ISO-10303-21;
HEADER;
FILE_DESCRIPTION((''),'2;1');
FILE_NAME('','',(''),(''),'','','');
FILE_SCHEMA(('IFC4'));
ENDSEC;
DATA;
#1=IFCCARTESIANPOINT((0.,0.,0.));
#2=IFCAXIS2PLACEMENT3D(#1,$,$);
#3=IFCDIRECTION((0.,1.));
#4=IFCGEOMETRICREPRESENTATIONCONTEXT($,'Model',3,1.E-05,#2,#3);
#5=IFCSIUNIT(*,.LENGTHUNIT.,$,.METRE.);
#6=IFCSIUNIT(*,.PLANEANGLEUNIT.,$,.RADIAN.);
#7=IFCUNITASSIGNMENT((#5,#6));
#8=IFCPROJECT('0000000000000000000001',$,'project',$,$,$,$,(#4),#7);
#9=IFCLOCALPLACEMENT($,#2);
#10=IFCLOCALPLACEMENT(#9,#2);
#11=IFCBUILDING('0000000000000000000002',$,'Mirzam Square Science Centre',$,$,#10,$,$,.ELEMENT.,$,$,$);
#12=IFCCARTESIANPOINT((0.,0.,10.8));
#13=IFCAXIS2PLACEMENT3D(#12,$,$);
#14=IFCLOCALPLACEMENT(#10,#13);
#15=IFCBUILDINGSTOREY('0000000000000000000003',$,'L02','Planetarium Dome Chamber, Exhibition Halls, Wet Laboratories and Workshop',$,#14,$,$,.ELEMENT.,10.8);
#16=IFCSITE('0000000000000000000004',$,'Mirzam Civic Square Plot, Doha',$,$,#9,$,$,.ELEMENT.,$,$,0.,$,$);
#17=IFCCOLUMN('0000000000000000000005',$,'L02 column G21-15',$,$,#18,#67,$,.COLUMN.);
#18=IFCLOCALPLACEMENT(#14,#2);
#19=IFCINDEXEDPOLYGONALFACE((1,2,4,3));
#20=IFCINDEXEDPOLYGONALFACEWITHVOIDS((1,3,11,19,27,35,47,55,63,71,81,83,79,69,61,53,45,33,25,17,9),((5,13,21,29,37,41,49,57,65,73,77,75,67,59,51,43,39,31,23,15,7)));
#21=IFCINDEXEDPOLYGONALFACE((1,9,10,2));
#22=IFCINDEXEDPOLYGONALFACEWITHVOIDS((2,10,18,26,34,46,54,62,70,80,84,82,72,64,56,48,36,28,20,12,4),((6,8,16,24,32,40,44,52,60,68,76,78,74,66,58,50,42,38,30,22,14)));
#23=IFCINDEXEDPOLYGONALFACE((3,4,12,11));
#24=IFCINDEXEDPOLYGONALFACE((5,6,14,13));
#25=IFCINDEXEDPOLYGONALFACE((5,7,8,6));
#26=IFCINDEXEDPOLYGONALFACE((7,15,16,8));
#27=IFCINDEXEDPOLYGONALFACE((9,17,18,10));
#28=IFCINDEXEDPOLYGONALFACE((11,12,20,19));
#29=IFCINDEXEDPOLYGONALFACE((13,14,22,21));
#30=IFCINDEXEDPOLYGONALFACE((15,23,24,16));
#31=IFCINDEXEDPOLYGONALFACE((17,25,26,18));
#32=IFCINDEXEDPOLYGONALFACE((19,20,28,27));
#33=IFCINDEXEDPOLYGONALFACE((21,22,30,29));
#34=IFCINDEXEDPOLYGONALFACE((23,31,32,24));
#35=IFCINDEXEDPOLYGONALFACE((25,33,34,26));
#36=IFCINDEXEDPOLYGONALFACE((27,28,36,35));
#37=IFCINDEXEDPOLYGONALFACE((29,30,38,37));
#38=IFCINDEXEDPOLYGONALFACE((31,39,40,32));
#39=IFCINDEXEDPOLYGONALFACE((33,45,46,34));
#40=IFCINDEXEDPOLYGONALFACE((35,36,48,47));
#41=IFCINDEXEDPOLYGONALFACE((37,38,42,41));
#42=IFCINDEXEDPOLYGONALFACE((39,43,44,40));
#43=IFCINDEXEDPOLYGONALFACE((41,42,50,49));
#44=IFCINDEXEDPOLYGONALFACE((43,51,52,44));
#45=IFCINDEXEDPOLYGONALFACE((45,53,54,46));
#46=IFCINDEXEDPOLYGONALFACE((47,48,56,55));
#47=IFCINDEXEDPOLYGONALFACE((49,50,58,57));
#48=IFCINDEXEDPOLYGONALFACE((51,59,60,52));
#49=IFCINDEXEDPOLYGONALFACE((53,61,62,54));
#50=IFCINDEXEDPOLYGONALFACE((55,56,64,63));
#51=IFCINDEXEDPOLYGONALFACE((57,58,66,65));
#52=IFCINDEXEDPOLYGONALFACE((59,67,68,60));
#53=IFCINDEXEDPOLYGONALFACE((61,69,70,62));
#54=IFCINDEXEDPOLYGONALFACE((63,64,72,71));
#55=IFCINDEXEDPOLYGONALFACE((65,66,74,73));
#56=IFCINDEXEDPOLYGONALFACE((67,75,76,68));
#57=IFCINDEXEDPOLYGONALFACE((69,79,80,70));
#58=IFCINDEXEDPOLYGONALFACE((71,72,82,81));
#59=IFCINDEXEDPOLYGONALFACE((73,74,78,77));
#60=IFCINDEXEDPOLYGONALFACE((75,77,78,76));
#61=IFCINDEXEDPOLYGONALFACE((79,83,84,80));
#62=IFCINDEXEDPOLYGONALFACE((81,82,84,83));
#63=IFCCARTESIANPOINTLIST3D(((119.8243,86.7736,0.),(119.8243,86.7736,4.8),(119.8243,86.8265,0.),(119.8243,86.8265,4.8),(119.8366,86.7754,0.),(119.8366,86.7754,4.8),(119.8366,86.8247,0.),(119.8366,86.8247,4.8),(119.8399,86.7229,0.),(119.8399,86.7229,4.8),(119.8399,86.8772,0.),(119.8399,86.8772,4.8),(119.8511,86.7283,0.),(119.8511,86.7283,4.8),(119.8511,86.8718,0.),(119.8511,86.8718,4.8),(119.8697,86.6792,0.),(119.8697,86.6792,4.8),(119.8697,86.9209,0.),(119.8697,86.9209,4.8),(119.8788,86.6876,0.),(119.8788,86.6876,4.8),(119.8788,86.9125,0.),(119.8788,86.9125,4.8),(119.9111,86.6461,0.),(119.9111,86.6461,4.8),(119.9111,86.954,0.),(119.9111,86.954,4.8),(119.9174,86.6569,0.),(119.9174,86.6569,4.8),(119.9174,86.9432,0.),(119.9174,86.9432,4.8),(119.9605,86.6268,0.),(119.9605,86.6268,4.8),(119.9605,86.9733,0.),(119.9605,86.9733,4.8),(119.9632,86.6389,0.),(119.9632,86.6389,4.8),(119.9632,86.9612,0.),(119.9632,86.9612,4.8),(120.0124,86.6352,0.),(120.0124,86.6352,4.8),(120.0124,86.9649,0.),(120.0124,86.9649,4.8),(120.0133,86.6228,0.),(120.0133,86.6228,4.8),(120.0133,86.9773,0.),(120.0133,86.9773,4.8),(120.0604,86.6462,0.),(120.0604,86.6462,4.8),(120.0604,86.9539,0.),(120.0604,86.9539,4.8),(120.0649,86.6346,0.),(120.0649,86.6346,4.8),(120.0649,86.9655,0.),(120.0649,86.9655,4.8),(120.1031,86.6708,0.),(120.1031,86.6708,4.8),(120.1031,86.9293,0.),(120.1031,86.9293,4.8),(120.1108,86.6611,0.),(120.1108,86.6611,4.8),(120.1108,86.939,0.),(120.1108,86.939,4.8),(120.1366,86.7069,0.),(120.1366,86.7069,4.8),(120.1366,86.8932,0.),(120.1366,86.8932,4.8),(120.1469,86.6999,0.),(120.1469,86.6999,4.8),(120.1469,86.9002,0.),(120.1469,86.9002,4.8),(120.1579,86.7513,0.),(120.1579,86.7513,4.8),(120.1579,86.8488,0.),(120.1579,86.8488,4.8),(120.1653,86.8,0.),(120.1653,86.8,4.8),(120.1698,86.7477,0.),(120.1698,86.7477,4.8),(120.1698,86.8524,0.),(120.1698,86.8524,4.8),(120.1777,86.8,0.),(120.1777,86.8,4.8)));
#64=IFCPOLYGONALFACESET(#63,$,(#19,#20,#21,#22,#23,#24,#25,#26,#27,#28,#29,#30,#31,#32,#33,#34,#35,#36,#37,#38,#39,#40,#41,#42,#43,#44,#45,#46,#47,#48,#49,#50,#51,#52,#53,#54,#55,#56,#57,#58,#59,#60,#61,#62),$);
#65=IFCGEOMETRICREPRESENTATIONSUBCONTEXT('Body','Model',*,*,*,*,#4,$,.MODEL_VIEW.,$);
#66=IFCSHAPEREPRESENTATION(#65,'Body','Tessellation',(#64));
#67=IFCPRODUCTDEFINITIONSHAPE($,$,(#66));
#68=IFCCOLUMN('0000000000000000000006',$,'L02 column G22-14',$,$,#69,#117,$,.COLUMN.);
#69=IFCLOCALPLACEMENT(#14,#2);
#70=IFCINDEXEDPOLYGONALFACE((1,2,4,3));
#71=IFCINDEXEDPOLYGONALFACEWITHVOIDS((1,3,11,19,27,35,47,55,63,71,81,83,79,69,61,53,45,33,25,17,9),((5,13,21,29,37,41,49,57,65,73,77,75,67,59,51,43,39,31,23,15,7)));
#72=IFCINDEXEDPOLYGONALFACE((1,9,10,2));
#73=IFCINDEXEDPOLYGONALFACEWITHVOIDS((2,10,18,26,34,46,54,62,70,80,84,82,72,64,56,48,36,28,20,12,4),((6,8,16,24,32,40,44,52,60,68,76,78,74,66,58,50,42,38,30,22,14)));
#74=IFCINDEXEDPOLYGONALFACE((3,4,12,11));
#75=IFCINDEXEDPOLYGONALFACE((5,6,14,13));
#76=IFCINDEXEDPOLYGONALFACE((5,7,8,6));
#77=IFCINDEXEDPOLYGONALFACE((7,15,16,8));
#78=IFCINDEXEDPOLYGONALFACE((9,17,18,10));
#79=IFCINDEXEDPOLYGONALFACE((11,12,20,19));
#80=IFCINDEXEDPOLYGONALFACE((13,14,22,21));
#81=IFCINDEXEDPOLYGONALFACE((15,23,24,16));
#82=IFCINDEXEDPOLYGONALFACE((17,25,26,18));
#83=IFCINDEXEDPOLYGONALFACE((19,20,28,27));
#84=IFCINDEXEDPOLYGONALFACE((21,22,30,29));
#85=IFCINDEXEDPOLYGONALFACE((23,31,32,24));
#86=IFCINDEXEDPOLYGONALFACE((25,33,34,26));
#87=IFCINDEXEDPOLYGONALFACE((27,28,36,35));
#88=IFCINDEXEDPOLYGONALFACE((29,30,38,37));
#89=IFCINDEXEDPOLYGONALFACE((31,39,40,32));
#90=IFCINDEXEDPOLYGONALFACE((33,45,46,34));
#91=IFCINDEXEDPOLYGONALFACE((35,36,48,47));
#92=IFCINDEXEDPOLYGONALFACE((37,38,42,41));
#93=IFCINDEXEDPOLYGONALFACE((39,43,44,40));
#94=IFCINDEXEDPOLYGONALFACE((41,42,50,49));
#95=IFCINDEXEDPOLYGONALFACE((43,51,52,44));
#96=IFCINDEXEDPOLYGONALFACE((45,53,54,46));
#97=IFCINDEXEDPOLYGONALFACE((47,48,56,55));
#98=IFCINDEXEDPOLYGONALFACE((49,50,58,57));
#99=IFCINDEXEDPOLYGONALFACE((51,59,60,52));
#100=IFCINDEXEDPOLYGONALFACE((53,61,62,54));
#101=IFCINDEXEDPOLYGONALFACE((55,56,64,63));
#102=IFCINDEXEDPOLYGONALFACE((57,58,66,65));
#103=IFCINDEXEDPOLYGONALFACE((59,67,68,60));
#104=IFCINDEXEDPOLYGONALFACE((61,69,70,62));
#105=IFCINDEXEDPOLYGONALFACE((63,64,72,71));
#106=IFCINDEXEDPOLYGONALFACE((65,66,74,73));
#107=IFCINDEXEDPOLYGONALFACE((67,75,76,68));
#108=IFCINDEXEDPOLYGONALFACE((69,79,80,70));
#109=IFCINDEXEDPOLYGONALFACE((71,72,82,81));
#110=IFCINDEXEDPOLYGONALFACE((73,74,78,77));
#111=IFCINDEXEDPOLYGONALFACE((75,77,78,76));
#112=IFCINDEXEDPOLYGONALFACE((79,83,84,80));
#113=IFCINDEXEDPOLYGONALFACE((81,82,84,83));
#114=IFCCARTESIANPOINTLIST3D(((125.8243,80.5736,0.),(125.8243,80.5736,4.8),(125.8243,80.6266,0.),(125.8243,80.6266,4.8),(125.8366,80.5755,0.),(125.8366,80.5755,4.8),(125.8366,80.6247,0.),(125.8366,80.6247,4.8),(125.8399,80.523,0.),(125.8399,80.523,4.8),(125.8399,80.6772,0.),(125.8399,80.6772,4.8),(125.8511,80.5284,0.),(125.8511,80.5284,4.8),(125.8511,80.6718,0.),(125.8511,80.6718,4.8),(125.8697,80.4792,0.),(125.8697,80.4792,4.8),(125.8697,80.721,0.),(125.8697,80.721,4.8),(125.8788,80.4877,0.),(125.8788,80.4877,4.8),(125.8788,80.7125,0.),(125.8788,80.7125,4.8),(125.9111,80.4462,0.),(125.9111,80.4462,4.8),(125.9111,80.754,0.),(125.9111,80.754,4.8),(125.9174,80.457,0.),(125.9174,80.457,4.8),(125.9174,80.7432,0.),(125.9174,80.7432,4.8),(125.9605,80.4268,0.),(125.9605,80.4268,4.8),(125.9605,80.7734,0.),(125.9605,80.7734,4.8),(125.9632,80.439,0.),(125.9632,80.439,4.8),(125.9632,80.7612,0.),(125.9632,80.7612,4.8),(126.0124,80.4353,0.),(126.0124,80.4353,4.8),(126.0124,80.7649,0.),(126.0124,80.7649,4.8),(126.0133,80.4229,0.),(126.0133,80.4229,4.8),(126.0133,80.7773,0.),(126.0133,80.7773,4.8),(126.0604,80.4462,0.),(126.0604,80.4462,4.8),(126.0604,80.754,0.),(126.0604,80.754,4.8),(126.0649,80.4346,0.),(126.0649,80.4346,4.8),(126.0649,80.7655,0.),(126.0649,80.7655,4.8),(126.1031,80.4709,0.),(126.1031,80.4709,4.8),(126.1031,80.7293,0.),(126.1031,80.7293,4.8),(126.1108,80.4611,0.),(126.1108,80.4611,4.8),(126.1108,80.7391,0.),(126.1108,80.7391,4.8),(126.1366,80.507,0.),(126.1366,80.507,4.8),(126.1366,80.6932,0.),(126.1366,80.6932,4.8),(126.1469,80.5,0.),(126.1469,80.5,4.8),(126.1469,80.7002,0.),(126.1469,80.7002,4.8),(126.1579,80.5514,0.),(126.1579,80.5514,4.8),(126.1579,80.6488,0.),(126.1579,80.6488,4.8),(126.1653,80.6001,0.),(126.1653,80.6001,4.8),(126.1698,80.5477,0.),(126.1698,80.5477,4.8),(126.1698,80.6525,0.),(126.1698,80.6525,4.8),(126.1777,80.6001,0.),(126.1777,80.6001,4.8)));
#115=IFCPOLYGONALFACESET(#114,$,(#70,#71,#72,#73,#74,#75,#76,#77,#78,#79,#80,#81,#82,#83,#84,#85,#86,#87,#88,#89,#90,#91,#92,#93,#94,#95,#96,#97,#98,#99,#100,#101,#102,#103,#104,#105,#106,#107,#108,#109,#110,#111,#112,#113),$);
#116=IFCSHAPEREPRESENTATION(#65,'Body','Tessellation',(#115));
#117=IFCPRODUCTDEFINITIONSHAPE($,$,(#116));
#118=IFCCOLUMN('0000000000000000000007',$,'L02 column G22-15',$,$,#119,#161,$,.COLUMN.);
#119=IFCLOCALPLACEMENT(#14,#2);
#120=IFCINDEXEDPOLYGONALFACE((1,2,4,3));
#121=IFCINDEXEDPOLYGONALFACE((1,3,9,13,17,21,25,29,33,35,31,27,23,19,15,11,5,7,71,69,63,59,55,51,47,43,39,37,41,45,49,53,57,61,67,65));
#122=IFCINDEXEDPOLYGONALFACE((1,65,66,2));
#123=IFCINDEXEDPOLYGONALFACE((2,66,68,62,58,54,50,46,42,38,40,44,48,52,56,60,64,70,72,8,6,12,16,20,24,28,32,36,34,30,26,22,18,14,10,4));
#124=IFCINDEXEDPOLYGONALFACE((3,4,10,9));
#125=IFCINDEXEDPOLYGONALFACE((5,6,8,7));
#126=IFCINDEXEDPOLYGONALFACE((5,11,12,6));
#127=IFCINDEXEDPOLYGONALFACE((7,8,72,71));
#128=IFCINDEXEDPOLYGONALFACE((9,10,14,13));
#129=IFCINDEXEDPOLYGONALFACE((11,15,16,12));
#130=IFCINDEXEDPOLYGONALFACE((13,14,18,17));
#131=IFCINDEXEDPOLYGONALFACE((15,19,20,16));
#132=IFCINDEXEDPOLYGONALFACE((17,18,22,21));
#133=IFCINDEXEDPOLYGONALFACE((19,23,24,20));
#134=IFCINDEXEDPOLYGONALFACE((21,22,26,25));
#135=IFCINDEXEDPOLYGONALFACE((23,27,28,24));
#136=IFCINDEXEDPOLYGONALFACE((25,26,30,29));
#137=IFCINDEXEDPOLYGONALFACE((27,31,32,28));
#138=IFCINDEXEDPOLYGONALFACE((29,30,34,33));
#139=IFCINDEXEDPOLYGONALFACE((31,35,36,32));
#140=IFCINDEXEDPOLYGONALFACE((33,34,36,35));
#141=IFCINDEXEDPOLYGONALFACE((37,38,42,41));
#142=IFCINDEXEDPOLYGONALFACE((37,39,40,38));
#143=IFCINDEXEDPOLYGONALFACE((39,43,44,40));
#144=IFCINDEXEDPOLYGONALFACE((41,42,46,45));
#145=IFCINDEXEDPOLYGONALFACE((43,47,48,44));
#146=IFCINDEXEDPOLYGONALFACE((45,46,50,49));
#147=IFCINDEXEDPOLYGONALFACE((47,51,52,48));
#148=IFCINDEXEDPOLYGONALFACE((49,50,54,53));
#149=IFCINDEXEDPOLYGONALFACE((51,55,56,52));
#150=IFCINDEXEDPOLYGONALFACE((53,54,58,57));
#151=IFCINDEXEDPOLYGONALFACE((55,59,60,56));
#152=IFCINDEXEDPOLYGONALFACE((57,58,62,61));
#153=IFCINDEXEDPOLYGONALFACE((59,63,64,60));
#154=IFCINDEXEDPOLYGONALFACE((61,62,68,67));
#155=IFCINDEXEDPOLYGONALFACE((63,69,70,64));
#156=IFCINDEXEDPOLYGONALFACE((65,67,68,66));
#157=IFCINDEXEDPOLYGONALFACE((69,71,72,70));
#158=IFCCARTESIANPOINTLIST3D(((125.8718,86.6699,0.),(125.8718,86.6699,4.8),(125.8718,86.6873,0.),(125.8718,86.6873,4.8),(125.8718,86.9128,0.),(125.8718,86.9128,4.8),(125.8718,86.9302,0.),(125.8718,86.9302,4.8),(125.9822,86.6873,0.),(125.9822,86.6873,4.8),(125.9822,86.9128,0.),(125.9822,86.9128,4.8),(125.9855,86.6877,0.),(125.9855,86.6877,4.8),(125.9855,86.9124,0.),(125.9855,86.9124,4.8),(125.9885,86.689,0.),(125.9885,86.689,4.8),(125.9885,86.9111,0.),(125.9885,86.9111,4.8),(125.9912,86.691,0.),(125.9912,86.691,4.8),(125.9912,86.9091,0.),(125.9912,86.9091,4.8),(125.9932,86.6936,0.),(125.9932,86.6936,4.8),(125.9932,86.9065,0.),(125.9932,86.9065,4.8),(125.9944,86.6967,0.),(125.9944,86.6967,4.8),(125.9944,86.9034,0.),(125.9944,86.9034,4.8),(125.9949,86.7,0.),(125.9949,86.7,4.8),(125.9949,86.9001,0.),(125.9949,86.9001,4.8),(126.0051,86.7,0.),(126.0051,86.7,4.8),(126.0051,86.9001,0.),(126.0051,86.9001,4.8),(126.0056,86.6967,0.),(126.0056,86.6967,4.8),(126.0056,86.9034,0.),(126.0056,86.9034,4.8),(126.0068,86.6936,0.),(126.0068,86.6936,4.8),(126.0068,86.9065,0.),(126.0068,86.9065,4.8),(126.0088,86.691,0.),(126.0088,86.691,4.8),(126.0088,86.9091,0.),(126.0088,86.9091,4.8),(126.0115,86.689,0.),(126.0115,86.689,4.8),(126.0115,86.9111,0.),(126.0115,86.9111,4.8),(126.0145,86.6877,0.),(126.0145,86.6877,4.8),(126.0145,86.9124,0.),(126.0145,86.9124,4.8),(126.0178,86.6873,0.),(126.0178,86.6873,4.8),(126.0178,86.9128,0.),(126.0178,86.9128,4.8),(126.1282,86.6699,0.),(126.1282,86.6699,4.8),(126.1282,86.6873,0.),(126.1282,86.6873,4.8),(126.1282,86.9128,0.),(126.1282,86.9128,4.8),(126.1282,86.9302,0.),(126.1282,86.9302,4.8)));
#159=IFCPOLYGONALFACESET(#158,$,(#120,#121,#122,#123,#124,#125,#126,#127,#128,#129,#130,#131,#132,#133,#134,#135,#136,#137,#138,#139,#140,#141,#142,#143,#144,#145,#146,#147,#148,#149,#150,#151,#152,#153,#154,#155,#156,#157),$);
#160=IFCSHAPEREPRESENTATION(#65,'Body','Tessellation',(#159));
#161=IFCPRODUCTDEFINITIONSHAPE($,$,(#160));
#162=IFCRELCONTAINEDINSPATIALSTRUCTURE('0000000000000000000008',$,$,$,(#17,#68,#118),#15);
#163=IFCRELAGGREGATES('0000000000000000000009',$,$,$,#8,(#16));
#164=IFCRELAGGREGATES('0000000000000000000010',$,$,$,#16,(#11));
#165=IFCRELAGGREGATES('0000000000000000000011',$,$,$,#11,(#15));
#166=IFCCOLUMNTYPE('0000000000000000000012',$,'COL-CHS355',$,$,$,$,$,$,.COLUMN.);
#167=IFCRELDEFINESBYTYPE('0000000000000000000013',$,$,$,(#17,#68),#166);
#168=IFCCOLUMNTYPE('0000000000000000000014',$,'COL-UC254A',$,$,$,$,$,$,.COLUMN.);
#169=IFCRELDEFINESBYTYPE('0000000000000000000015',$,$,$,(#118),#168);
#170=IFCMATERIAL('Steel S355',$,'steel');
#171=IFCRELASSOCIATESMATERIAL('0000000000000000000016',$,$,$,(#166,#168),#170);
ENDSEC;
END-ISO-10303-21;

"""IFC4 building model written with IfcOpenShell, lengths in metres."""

from ifc_helpers import new_model, si_unit, direction, frame, origin, origin_2d, place, context, subcontext, project, spatial, hollow_circle, i_section, extrude, material, material_profile, profile_set, type_object, element, save


model = new_model("IFC4")

# Units and contexts
model_context = context("Model", 3, precision=1e-05, world=origin(), true_north=direction((0.0, 1.0)))
body_context = subcontext(model_context, "Body", "Model", "MODEL_VIEW")
ifc_project = project(units=[si_unit("LENGTHUNIT", "METRE"), si_unit("PLANEANGLEUNIT", "RADIAN")], contexts=[model_context])

# Site, building, storey
site_placement = place(None, origin())
site = spatial("IfcSite", under=ifc_project, at=site_placement, Name="Mirzam Civic Square Plot, Doha", CompositionType="ELEMENT", RefElevation=0.0)
building_placement = place(site_placement, origin())
building = spatial("IfcBuilding", under=site, at=building_placement, Name="Mirzam Square Science Centre", CompositionType="ELEMENT")
storey_placement = place(building_placement, frame((0.0, 0.0, 10.8)))
storey = spatial("IfcBuildingStorey", under=building, at=storey_placement, Name="L02", Description="Planetarium Dome Chamber, Exhibition Halls, Wet Laboratories and Workshop", CompositionType="ELEMENT", Elevation=10.8)

# Columns
ifc_material_1 = material(Name="Steel S355", Category="steel")
ifc_material_profile_1 = material_profile(ifc_material_1, hollow_circle(Radius=0.1777, WallThickness=0.0125, at=origin_2d()), Name="355.6x12.5CHS")
ifc_profile_set_1 = profile_set([ifc_material_profile_1], Name="Steel S355")
column_type_1 = type_object("IfcColumnType", Name="COL-CHS355", PredefinedType="COLUMN", material=ifc_profile_set_1)
for number, where, z_axis, x_axis, name in (
    (1, (120.0, 86.8, 0.0), (0.0, 0.0, 1.0), (1.0, 0.0, 0.0), "L02 column G21-15"),
    (2, (126.0, 80.6001, 0.0), (0.0, 0.0, 1.0), (1.0, 0.0, 0.0), "L02 column G22-14"),
):
    element("IfcColumn", number, at=place(storey_placement, frame(where, z_axis=z_axis, x_axis=x_axis)), inside=storey, type_object=column_type_1, Name=name, PredefinedType="COLUMN", context=body_context, shape_type="SweptSolid", body=[
        extrude(hollow_circle(Radius=0.1777, WallThickness=0.0125, at=origin_2d()), origin(), (0.0, 0.0, 1.0), 4.8),
    ])
ifc_material_profile_2 = material_profile(ifc_material_1, i_section(OverallWidth=0.2563, OverallDepth=0.2603, WebThickness=0.0103, FlangeThickness=0.0173, FilletRadius=0.0127, at=origin_2d()), Name="254x254x89UC")
ifc_profile_set_2 = profile_set([ifc_material_profile_2], Name="Steel S355")
column_type_2 = type_object("IfcColumnType", Name="COL-UC254A", PredefinedType="COLUMN", material=ifc_profile_set_2)
column_1_placement = place(storey_placement, frame((126.0, 86.8, 0.0), z_axis=(0.0, 0.0, 1.0), x_axis=(1.0, 0.0, 0.0)))
element("IfcColumn", 3, at=column_1_placement, inside=storey, type_object=column_type_2, Name="L02 column G22-15", PredefinedType="COLUMN", context=body_context, shape_type="SweptSolid", body=[
    extrude(i_section(OverallWidth=0.2563, OverallDepth=0.2603, WebThickness=0.0103, FlangeThickness=0.0173, FilletRadius=0.0127, at=origin_2d()), origin(), (0.0, 0.0, 1.0), 4.8),
])

save(model, "model.ifc")
